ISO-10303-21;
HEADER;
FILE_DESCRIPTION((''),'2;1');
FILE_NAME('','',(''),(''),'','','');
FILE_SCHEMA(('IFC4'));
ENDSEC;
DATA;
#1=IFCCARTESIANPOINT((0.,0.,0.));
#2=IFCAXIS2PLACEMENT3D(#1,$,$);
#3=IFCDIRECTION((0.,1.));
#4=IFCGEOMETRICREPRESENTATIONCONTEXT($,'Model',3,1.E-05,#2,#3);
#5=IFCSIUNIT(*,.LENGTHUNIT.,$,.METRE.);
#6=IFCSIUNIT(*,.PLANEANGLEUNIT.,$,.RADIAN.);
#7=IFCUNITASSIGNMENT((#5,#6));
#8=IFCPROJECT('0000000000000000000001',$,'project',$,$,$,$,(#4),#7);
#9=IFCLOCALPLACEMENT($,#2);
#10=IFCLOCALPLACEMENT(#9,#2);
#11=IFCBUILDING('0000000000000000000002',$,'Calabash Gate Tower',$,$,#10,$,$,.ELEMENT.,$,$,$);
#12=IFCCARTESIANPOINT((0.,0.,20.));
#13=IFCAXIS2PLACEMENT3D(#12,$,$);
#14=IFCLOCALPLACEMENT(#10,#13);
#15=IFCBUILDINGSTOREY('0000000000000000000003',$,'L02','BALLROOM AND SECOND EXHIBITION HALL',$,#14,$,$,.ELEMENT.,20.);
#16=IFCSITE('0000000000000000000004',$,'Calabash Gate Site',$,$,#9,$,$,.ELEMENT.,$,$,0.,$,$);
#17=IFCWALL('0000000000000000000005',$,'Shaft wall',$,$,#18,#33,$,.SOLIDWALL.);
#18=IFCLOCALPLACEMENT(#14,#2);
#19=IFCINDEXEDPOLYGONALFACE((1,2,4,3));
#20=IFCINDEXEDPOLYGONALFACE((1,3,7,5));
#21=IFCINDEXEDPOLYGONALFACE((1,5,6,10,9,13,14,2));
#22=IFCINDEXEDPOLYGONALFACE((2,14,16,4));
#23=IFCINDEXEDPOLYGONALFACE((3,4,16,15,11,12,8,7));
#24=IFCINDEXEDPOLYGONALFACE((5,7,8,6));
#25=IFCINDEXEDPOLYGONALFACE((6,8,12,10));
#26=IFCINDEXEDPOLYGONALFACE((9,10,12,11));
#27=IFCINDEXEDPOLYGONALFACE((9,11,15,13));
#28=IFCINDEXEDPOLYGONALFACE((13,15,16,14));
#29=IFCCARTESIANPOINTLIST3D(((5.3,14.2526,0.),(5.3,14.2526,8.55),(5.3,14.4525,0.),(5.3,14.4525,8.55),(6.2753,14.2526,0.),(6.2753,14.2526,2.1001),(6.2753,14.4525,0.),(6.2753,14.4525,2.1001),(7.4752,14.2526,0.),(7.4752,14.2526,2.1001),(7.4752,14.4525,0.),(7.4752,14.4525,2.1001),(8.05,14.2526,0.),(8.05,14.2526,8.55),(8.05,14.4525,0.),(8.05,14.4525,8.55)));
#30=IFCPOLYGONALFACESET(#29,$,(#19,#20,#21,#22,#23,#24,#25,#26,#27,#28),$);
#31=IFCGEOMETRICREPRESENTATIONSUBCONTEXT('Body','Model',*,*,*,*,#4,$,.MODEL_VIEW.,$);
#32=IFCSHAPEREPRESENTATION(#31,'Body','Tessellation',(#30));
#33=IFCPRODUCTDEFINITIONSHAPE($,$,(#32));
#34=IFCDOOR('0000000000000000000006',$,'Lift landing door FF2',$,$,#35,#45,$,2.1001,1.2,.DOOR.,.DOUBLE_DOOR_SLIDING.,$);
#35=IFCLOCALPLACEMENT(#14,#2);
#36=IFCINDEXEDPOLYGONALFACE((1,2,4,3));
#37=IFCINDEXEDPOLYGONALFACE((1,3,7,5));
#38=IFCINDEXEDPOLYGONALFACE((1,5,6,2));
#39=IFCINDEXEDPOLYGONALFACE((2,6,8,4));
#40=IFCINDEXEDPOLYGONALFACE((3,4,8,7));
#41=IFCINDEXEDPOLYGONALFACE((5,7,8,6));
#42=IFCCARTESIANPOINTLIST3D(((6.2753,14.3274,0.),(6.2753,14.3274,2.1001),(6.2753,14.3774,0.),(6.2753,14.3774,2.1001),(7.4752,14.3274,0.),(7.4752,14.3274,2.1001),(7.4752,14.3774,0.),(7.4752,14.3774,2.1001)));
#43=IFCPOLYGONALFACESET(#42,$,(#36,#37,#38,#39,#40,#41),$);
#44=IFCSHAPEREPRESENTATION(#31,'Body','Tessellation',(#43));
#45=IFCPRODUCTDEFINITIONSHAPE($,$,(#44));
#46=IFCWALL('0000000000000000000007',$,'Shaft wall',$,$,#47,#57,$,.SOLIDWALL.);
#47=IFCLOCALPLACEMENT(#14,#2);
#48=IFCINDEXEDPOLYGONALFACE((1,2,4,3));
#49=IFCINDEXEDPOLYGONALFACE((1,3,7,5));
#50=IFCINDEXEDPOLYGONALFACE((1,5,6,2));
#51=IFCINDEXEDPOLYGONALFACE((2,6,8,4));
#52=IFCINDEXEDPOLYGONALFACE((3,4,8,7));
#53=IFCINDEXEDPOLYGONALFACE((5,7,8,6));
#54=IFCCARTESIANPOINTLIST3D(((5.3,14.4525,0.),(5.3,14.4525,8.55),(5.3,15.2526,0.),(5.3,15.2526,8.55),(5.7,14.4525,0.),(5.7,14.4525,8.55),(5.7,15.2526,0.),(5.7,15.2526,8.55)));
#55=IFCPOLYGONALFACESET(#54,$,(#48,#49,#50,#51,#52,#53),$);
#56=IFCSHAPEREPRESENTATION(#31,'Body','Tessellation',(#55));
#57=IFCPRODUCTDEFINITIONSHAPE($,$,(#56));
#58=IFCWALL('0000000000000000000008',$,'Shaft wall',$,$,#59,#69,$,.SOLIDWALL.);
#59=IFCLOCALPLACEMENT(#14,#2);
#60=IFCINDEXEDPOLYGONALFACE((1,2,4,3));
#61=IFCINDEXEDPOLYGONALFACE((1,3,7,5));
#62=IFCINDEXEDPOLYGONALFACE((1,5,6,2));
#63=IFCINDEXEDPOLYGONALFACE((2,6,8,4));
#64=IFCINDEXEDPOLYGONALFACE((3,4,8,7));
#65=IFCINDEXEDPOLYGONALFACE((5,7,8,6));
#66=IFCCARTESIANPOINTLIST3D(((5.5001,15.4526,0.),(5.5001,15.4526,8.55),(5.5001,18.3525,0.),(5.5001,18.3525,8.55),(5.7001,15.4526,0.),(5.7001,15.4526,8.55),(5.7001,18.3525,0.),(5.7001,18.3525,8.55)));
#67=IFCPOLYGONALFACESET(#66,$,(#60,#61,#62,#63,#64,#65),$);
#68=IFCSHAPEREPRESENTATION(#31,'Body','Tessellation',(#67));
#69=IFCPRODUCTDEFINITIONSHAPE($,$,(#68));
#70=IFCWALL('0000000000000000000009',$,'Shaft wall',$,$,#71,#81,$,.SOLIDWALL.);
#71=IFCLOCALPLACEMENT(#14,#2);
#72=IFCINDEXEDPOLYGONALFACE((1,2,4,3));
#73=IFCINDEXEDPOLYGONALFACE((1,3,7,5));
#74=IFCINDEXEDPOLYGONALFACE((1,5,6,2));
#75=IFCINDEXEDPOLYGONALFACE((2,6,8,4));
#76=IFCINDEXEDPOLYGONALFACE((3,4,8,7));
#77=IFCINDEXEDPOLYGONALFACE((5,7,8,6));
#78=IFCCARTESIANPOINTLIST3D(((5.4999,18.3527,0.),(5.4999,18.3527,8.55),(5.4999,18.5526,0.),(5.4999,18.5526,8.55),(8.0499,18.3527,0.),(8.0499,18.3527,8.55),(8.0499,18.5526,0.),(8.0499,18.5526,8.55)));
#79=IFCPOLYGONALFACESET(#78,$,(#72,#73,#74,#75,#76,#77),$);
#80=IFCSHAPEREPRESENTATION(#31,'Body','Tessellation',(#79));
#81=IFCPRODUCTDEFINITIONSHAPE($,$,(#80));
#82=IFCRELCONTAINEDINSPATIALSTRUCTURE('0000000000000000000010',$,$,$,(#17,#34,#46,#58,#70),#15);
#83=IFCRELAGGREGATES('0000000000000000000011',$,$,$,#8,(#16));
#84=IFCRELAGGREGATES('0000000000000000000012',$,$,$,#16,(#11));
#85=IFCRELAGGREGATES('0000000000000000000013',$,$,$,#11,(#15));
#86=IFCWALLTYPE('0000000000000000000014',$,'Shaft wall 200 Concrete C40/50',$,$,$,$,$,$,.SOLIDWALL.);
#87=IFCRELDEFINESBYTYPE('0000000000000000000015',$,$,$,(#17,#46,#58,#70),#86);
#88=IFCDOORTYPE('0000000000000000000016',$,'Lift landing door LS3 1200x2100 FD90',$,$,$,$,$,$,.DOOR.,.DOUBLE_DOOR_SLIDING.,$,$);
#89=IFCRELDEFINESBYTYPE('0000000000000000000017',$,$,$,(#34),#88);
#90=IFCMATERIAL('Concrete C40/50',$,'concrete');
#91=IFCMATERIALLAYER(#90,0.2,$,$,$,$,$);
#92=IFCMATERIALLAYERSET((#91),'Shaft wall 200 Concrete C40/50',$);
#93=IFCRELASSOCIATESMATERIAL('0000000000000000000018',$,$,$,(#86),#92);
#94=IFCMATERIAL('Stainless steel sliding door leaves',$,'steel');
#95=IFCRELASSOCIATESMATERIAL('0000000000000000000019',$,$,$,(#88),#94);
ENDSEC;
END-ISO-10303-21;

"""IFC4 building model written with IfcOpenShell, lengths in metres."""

from ifc_helpers import new_model, si_unit, direction, frame, frame_2d, origin, place, context, subcontext, project, spatial, rectangle, extrude, material, layer, layer_set, type_object, element, fill, save


model = new_model("IFC4")

# Units and contexts
model_context = context("Model", 3, precision=1e-05, world=origin(), true_north=direction((0.0, 1.0)))
body_context = subcontext(model_context, "Body", "Model", "MODEL_VIEW")
ifc_project = project(units=[si_unit("LENGTHUNIT", "METRE"), si_unit("PLANEANGLEUNIT", "RADIAN")], contexts=[model_context])

# Site, building, storey
site_placement = place(None, origin())
site = spatial("IfcSite", under=ifc_project, at=site_placement, Name="Calabash Gate Site", CompositionType="ELEMENT", RefElevation=0.0)
building_placement = place(site_placement, origin())
building = spatial("IfcBuilding", under=site, at=building_placement, Name="Calabash Gate Tower", CompositionType="ELEMENT")
storey_placement = place(building_placement, frame((0.0, 0.0, 20.0)))
storey = spatial("IfcBuildingStorey", under=building, at=storey_placement, Name="L02", Description="BALLROOM AND SECOND EXHIBITION HALL", CompositionType="ELEMENT", Elevation=20.0)

# Wall, opening, door
ifc_material_1 = material(Name="Concrete C40/50", Category="concrete")
ifc_layer_1 = layer(ifc_material_1, 0.2)
ifc_layer_set_1 = layer_set([ifc_layer_1], Name="Shaft wall 200 Concrete C40/50")
wall_type_1 = type_object("IfcWallType", Name="Shaft wall 200 Concrete C40/50", PredefinedType="SOLIDWALL", material=ifc_layer_set_1)
wall_1_placement = place(storey_placement, frame((5.3, 14.3525, 0.0), z_axis=(0.0, 0.0, 1.0), x_axis=(1.0, 0.0, 0.0)))
wall_1 = element("IfcWall", 1, at=wall_1_placement, inside=storey, type_object=wall_type_1, Name="Shaft wall", PredefinedType="SOLIDWALL", context=body_context, shape_type="SweptSolid", body=[
    extrude(rectangle(XDim=2.75, YDim=0.2, at=frame_2d((1.375, 0.0))), origin(), (0.0, 0.0, 1.0), 8.55),
])
opening_placement = place(wall_1_placement, frame((0.9751, 0.0, 0.0)))
opening = element("IfcOpeningElement", 2, at=opening_placement, cuts=wall_1, PredefinedType="OPENING", context=body_context, shape_type="SweptSolid", body=[
    extrude(rectangle(XDim=1.2, YDim=2.1001, at=frame_2d((0.6001, 1.05))), frame((0.0, 0.1099, 0.0), z_axis=(0.0, -1.0, 0.0), x_axis=(1.0, 0.0, 0.0)), (0.0, 0.0, 1.0), 0.22),
])
ifc_material_2 = material(Name="Stainless steel sliding door leaves", Category="steel")
door_type = type_object("IfcDoorType", Name="Lift landing door LS3 1200x2100 FD90", OperationType="DOUBLE_DOOR_SLIDING", PredefinedType="DOOR", material=ifc_material_2)
door_placement = place(opening_placement, origin())
door = element("IfcDoor", 3, at=door_placement, inside=storey, type_object=door_type, Name="Lift landing door FF2", OperationType="DOUBLE_DOOR_SLIDING", OverallHeight=2.1001, OverallWidth=1.2, PredefinedType="DOOR", context=body_context, shape_type="SweptSolid", body=[
    extrude(rectangle(XDim=1.2, YDim=2.1001, at=frame_2d((0.6001, 1.05))), frame((0.0, 0.0249, 0.0), z_axis=(0.0, -1.0, 0.0), x_axis=(1.0, 0.0, 0.0)), (0.0, 0.0, 1.0), 0.05),
])
fill(opening, door)

# Walls
wall_2_placement = place(storey_placement, frame((5.5, 14.4526, 0.0), z_axis=(0.0, 0.0, 1.0), x_axis=(0.0, 1.0, 0.0)))
element("IfcWall", 4, at=wall_2_placement, inside=storey, type_object=wall_type_1, Name="Shaft wall", PredefinedType="SOLIDWALL", context=body_context, shape_type="SweptSolid", body=[
    extrude(rectangle(XDim=0.8, YDim=0.3999, at=frame_2d((0.3999, 0.0))), origin(), (0.0, 0.0, 1.0), 8.55),
])
wall_3_placement = place(storey_placement, frame((5.6001, 15.4526, 0.0), z_axis=(0.0, 0.0, 1.0), x_axis=(0.0, 1.0, 0.0)))
element("IfcWall", 5, at=wall_3_placement, inside=storey, type_object=wall_type_1, Name="Shaft wall", PredefinedType="SOLIDWALL", context=body_context, shape_type="SweptSolid", body=[
    extrude(rectangle(XDim=2.8999, YDim=0.2, at=frame_2d((1.45, 0.0))), origin(), (0.0, 0.0, 1.0), 8.55),
])
wall_4_placement = place(storey_placement, frame((5.5, 18.4526, 0.0), z_axis=(0.0, 0.0, 1.0), x_axis=(1.0, 0.0, 0.0)))
element("IfcWall", 6, at=wall_4_placement, inside=storey, type_object=wall_type_1, Name="Shaft wall", PredefinedType="SOLIDWALL", context=body_context, shape_type="SweptSolid", body=[
    extrude(rectangle(XDim=2.55, YDim=0.2, at=frame_2d((1.2749, 0.0))), origin(), (0.0, 0.0, 1.0), 8.55),
])

save(model, "model.ifc")
